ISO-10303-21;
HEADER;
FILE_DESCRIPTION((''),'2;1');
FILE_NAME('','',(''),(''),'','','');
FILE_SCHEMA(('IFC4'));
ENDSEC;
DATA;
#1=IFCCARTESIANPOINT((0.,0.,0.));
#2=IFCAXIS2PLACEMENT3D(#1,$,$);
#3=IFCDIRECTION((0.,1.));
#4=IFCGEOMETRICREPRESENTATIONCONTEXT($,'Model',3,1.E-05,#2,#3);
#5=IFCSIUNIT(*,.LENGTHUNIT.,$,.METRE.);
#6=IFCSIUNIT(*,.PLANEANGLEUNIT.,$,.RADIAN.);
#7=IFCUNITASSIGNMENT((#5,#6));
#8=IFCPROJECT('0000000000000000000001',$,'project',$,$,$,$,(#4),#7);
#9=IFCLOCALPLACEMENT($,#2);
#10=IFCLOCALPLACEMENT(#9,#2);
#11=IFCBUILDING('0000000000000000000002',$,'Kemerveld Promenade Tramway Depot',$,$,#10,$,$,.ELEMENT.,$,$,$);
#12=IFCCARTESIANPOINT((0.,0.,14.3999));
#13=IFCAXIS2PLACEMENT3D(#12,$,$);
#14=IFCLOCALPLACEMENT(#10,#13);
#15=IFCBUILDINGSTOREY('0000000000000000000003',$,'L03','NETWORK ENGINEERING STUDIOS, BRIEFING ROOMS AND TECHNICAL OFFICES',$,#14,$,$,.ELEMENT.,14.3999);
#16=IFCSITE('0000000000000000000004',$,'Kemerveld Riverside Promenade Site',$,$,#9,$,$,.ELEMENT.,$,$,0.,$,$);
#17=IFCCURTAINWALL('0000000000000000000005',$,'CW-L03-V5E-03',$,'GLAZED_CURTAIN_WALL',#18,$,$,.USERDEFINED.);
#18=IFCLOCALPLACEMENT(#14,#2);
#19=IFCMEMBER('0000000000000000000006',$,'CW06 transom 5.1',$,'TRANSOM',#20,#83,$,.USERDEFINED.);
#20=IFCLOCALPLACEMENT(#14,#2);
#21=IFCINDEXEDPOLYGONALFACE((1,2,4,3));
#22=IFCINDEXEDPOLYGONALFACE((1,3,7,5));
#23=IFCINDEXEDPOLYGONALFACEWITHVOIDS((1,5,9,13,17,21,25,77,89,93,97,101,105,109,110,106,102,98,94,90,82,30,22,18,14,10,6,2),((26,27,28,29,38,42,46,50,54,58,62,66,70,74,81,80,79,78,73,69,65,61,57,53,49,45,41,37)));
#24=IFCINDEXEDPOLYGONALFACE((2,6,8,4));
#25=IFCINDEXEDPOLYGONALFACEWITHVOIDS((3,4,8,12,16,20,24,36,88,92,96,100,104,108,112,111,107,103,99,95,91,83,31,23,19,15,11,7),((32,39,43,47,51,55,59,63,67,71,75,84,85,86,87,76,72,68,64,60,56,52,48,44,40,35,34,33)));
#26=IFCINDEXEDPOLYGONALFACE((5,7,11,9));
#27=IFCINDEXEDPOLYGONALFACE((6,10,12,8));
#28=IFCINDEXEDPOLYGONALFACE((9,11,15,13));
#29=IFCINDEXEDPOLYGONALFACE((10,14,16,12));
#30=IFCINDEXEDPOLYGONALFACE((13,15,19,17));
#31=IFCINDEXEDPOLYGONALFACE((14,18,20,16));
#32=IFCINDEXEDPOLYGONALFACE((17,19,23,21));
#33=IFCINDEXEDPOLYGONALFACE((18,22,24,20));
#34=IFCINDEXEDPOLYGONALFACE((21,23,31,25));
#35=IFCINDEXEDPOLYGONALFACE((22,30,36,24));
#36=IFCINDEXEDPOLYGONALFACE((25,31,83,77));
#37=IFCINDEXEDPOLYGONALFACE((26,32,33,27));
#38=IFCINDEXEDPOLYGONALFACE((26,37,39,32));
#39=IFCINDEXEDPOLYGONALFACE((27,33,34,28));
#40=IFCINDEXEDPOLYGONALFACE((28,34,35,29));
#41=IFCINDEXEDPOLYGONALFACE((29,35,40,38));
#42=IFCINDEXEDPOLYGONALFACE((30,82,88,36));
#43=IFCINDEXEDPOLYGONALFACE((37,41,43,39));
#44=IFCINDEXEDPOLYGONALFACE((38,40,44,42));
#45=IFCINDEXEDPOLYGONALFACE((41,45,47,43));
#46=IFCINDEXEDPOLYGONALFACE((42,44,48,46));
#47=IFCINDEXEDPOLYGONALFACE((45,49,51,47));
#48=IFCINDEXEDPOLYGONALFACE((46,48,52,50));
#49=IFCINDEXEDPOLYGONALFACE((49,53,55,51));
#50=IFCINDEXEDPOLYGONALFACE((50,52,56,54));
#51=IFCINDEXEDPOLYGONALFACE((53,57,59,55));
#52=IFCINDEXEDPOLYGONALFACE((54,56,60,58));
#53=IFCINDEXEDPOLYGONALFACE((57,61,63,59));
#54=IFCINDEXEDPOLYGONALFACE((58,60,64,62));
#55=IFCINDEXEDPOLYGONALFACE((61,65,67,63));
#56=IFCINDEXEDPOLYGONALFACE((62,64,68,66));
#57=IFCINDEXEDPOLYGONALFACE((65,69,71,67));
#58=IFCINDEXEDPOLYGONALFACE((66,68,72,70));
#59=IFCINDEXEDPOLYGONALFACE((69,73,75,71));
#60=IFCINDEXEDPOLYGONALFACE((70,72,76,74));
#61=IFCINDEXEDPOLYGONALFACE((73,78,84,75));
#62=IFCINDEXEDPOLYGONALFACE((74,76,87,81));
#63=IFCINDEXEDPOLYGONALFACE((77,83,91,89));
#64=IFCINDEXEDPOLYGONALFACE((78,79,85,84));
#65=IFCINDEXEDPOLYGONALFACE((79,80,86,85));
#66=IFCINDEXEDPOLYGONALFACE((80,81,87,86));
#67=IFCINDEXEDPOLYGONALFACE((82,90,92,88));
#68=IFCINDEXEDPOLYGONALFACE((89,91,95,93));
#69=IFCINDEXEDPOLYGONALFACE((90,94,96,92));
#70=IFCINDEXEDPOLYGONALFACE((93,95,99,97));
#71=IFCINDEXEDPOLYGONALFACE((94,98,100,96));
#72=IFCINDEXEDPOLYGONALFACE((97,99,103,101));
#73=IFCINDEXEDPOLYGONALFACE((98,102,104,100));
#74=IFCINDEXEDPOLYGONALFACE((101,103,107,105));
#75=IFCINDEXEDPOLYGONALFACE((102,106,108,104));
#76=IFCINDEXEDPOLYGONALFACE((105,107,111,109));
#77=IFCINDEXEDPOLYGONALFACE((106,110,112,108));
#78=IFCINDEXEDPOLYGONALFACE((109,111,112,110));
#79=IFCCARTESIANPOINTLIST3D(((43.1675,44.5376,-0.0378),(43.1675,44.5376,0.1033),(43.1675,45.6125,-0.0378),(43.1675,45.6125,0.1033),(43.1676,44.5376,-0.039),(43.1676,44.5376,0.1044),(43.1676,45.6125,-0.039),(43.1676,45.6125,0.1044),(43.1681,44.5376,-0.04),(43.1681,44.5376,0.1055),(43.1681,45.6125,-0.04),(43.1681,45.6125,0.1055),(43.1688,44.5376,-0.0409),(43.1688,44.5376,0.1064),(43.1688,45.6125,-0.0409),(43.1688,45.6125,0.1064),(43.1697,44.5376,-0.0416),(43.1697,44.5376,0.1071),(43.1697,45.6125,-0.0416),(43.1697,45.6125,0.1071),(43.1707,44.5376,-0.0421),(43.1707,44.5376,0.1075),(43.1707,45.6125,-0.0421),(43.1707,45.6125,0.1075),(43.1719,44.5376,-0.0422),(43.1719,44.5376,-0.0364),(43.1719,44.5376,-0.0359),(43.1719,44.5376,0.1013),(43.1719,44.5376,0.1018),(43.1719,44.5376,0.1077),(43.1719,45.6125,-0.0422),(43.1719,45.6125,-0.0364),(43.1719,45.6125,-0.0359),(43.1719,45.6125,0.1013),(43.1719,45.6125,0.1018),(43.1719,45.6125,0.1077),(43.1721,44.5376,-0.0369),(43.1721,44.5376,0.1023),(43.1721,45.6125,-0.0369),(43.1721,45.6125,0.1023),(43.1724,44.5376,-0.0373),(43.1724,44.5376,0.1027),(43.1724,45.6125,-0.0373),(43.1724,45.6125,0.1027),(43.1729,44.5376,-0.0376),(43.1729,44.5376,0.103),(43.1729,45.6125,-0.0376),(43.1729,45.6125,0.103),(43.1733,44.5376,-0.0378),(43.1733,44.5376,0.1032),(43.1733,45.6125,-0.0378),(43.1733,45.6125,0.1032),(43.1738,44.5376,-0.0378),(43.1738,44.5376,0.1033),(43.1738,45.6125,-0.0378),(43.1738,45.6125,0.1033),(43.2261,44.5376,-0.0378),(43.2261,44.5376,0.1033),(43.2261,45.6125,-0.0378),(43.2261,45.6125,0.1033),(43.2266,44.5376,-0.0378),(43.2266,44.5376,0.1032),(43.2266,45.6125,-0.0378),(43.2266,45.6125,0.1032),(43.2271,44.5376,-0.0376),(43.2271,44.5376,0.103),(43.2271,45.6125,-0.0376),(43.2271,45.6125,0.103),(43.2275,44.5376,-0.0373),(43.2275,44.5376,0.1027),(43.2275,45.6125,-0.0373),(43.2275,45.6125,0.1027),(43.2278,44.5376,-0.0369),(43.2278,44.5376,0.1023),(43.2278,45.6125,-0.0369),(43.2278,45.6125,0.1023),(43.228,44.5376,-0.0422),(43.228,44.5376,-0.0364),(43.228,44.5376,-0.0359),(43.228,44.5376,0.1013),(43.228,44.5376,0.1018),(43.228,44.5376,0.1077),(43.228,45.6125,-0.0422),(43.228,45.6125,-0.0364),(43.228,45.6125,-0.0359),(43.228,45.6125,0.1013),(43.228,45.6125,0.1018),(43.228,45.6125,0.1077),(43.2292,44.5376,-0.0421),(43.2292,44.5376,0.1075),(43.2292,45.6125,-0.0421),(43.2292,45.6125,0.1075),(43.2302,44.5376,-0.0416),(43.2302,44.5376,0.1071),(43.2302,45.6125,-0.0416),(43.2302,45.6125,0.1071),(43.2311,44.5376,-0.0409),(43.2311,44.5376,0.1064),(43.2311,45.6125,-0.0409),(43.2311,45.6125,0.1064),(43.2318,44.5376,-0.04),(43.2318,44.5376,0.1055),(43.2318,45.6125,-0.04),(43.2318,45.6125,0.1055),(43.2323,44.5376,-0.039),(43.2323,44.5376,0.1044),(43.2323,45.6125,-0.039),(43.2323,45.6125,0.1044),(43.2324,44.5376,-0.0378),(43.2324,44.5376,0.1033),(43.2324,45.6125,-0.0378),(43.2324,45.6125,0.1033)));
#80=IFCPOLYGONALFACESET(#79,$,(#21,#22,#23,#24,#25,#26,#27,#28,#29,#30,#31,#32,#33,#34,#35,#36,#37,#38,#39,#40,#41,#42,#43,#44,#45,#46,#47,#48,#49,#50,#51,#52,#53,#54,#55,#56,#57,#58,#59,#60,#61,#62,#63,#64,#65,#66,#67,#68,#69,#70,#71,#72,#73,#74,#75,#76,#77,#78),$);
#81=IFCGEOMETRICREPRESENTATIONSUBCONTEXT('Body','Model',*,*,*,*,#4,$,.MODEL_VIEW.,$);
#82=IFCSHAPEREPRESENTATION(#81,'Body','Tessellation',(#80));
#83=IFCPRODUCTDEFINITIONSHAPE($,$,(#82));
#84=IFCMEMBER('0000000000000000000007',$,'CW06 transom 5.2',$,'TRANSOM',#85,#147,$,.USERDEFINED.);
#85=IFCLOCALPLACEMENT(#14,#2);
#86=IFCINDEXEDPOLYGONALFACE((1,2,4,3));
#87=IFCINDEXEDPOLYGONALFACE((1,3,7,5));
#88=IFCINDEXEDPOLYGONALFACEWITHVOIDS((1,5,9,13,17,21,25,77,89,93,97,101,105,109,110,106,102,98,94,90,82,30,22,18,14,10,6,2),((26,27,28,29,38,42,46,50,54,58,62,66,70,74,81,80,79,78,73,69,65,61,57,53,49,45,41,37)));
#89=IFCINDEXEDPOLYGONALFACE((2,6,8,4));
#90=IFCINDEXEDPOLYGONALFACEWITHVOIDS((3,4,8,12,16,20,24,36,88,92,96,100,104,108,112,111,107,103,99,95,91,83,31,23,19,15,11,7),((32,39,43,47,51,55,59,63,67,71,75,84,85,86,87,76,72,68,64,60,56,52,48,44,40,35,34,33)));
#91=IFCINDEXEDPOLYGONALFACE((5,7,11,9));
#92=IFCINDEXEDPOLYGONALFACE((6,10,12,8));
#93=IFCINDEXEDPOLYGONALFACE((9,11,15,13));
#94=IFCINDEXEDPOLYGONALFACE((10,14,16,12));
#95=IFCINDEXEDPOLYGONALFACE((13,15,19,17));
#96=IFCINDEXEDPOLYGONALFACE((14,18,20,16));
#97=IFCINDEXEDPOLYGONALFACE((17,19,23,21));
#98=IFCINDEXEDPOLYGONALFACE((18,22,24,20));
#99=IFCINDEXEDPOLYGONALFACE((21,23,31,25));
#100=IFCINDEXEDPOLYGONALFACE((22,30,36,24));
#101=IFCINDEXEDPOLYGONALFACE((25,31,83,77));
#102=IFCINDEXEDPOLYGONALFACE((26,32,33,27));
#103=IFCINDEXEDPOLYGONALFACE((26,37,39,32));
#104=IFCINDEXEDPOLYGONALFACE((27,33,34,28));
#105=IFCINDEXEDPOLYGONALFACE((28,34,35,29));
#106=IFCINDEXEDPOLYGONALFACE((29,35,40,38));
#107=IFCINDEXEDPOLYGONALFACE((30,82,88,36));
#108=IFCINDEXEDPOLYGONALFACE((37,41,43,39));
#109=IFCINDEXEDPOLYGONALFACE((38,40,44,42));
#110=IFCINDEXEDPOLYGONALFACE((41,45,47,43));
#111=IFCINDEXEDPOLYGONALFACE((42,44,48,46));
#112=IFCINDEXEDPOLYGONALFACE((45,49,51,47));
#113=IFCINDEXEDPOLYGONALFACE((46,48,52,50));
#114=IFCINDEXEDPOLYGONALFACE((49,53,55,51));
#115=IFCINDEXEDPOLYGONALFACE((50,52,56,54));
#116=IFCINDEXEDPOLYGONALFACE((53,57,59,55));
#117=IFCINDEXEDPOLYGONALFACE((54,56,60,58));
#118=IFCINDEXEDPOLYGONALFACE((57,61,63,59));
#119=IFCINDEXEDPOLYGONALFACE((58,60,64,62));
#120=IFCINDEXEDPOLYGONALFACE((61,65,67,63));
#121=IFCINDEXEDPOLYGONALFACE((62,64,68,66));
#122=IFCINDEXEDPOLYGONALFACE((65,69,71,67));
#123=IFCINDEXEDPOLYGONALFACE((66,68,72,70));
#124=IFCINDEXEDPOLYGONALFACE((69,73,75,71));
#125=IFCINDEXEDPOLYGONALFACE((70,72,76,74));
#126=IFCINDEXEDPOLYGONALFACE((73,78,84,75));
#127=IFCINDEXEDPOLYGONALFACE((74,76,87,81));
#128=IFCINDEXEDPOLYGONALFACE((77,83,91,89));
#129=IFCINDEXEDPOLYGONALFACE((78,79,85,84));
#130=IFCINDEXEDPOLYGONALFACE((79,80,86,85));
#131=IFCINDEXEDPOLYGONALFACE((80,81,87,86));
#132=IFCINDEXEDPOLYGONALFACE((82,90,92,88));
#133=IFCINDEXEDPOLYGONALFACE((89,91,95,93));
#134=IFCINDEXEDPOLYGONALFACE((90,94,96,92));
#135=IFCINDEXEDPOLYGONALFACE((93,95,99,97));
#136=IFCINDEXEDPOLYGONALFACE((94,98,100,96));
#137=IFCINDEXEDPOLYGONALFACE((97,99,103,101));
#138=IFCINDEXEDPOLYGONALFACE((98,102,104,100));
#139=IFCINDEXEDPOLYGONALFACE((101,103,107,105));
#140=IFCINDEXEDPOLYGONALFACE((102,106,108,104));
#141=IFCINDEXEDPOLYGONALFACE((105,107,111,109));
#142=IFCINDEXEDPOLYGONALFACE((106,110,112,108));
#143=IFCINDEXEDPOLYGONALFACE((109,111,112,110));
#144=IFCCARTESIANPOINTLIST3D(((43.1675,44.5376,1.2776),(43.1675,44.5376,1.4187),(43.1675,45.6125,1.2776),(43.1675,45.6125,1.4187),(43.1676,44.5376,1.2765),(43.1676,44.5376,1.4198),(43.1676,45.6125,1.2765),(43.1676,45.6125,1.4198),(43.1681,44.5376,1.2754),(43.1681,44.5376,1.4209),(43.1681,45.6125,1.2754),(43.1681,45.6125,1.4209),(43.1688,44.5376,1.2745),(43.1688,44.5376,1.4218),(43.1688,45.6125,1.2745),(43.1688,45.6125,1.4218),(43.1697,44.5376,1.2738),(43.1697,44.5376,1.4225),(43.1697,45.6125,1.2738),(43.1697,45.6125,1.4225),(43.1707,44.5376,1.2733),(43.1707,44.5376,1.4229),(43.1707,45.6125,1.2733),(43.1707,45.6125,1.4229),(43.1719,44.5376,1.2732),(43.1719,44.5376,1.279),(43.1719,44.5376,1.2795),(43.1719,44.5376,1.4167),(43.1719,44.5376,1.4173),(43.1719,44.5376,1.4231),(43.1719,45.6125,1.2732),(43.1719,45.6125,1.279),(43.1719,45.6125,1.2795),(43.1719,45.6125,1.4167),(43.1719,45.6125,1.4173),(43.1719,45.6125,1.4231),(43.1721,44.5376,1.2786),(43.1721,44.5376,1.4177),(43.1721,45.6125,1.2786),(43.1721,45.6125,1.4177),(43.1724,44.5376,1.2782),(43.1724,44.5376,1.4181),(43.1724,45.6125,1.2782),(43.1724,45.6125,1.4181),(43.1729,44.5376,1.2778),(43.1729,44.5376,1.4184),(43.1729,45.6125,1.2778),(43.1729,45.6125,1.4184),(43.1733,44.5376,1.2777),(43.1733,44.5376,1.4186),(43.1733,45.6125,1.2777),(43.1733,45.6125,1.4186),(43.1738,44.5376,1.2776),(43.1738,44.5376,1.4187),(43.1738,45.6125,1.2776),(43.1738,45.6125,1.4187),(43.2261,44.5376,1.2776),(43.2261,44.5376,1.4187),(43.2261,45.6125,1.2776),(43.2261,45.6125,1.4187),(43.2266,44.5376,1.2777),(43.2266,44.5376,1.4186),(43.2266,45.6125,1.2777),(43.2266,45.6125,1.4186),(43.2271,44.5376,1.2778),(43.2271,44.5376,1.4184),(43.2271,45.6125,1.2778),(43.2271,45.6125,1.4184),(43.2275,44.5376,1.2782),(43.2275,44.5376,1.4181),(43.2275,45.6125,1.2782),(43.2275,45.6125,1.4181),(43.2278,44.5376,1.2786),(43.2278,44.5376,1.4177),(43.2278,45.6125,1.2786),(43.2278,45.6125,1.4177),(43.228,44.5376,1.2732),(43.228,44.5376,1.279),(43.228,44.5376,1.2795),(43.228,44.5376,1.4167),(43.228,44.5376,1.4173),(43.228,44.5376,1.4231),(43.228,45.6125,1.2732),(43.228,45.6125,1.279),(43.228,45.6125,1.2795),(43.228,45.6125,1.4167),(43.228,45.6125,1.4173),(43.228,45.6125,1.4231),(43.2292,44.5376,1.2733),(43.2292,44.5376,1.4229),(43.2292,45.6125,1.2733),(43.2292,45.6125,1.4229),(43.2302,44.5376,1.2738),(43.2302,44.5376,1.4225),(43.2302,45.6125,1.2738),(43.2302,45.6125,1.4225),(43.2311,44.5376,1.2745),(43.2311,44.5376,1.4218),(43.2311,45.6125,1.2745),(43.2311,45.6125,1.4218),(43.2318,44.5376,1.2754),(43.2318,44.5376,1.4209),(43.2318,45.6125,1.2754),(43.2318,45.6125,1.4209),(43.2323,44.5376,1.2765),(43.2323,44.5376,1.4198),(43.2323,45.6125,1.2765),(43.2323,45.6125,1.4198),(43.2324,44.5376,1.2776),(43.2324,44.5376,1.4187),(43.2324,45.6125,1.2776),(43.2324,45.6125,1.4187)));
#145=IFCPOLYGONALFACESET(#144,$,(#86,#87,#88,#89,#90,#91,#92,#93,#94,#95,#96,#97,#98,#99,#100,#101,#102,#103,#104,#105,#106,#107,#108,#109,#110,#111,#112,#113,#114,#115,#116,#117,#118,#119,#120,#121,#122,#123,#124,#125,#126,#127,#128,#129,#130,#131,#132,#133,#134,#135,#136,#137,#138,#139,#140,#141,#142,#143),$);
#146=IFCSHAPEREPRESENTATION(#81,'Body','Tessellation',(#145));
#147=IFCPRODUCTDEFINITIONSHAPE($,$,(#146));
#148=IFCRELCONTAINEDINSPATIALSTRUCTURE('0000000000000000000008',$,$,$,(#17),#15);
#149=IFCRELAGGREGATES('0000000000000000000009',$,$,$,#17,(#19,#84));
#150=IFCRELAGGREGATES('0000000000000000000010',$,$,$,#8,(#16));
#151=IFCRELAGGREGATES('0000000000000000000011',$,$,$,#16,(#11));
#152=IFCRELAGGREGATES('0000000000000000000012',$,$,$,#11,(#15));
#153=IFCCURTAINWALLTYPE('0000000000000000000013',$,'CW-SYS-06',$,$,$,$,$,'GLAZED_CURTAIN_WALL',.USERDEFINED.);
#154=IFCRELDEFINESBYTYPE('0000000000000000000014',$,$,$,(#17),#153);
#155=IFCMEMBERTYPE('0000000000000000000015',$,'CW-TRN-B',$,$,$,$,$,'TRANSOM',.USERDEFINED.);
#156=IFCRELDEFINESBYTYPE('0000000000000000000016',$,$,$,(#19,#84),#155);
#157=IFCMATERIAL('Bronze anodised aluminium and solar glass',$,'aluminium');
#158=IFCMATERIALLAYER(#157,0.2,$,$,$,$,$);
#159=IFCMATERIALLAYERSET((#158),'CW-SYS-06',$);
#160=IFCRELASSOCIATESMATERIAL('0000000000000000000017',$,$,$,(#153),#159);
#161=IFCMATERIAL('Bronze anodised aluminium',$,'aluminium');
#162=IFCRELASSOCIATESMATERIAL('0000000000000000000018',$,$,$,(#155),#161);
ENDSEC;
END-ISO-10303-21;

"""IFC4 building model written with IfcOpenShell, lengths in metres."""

from ifc_helpers import new_model, si_unit, direction, frame, origin, origin_2d, place, context, subcontext, project, spatial, hollow_rectangle, extrude, material, layer, layer_set, material_profile, profile_set, type_object, element, aggregate, save


model = new_model("IFC4")

# Units and contexts
model_context = context("Model", 3, precision=1e-05, world=origin(), true_north=direction((0.0, 1.0)))
body_context = subcontext(model_context, "Body", "Model", "MODEL_VIEW")
ifc_project = project(units=[si_unit("LENGTHUNIT", "METRE"), si_unit("PLANEANGLEUNIT", "RADIAN")], contexts=[model_context])

# Site, building, storey
site_placement = place(None, origin())
site = spatial("IfcSite", under=ifc_project, at=site_placement, Name="Kemerveld Riverside Promenade Site", CompositionType="ELEMENT", RefElevation=0.0)
building_placement = place(site_placement, origin())
building = spatial("IfcBuilding", under=site, at=building_placement, Name="Kemerveld Promenade Tramway Depot", CompositionType="ELEMENT")
storey_placement = place(building_placement, frame((0.0, 0.0, 14.3999)))
storey = spatial("IfcBuildingStorey", under=building, at=storey_placement, Name="L03", Description="NETWORK ENGINEERING STUDIOS, BRIEFING ROOMS AND TECHNICAL OFFICES", CompositionType="ELEMENT", Elevation=14.3999)

# Curtain wall, members
ifc_material_1 = material(Name="Bronze anodised aluminium and solar glass", Category="aluminium")
ifc_layer_1 = layer(ifc_material_1, 0.2)
ifc_layer_set_1 = layer_set([ifc_layer_1], Name="CW-SYS-06")
curtain_wall_type = type_object("IfcCurtainWallType", Name="CW-SYS-06", ElementType="GLAZED_CURTAIN_WALL", PredefinedType="USERDEFINED", material=ifc_layer_set_1)
curtain_wall_placement = place(storey_placement, origin())
curtain_wall = element("IfcCurtainWall", 1, at=curtain_wall_placement, inside=storey, type_object=curtain_wall_type, Name="CW-L03-V5E-03", ObjectType="GLAZED_CURTAIN_WALL", PredefinedType="USERDEFINED")
ifc_material_2 = material(Name="Bronze anodised aluminium", Category="aluminium")
ifc_material_profile_1 = material_profile(ifc_material_2, hollow_rectangle(XDim=0.0649, YDim=0.1499, WallThickness=0.0044, InnerFilletRadius=0.002, OuterFilletRadius=0.0044, at=origin_2d()), Name="CW-TRN-150x65")
ifc_profile_set_1 = profile_set([ifc_material_profile_1], Name="Bronze anodised aluminium")
member_type_1 = type_object("IfcMemberType", Name="CW-TRN-B", ElementType="TRANSOM", PredefinedType="USERDEFINED", material=ifc_profile_set_1)
member_1_placement = place(storey_placement, frame((43.2, 45.6125, 0.0327), z_axis=(0.0, -1.0, 0.0), x_axis=(1.0, 0.0, 0.0)))
member_1 = element("IfcMember", 2, at=member_1_placement, type_object=member_type_1, Name="CW06 transom 5.1", ObjectType="TRANSOM", PredefinedType="USERDEFINED", context=body_context, shape_type="SweptSolid", body=[
    extrude(hollow_rectangle(XDim=0.0649, YDim=0.1499, WallThickness=0.0044, InnerFilletRadius=0.002, OuterFilletRadius=0.0044, at=origin_2d()), origin(), (0.0, 0.0, 1.0), 1.075),
])
member_2_placement = place(storey_placement, frame((43.2, 45.6125, 1.3481), z_axis=(0.0, -1.0, 0.0), x_axis=(1.0, 0.0, 0.0)))
member_2 = element("IfcMember", 3, at=member_2_placement, type_object=member_type_1, Name="CW06 transom 5.2", ObjectType="TRANSOM", PredefinedType="USERDEFINED", context=body_context, shape_type="SweptSolid", body=[
    extrude(hollow_rectangle(XDim=0.0649, YDim=0.1499, WallThickness=0.0044, InnerFilletRadius=0.002, OuterFilletRadius=0.0044, at=origin_2d()), origin(), (0.0, 0.0, 1.0), 1.075),
])
aggregate(curtain_wall, [member_1, member_2])

save(model, "model.ifc")
